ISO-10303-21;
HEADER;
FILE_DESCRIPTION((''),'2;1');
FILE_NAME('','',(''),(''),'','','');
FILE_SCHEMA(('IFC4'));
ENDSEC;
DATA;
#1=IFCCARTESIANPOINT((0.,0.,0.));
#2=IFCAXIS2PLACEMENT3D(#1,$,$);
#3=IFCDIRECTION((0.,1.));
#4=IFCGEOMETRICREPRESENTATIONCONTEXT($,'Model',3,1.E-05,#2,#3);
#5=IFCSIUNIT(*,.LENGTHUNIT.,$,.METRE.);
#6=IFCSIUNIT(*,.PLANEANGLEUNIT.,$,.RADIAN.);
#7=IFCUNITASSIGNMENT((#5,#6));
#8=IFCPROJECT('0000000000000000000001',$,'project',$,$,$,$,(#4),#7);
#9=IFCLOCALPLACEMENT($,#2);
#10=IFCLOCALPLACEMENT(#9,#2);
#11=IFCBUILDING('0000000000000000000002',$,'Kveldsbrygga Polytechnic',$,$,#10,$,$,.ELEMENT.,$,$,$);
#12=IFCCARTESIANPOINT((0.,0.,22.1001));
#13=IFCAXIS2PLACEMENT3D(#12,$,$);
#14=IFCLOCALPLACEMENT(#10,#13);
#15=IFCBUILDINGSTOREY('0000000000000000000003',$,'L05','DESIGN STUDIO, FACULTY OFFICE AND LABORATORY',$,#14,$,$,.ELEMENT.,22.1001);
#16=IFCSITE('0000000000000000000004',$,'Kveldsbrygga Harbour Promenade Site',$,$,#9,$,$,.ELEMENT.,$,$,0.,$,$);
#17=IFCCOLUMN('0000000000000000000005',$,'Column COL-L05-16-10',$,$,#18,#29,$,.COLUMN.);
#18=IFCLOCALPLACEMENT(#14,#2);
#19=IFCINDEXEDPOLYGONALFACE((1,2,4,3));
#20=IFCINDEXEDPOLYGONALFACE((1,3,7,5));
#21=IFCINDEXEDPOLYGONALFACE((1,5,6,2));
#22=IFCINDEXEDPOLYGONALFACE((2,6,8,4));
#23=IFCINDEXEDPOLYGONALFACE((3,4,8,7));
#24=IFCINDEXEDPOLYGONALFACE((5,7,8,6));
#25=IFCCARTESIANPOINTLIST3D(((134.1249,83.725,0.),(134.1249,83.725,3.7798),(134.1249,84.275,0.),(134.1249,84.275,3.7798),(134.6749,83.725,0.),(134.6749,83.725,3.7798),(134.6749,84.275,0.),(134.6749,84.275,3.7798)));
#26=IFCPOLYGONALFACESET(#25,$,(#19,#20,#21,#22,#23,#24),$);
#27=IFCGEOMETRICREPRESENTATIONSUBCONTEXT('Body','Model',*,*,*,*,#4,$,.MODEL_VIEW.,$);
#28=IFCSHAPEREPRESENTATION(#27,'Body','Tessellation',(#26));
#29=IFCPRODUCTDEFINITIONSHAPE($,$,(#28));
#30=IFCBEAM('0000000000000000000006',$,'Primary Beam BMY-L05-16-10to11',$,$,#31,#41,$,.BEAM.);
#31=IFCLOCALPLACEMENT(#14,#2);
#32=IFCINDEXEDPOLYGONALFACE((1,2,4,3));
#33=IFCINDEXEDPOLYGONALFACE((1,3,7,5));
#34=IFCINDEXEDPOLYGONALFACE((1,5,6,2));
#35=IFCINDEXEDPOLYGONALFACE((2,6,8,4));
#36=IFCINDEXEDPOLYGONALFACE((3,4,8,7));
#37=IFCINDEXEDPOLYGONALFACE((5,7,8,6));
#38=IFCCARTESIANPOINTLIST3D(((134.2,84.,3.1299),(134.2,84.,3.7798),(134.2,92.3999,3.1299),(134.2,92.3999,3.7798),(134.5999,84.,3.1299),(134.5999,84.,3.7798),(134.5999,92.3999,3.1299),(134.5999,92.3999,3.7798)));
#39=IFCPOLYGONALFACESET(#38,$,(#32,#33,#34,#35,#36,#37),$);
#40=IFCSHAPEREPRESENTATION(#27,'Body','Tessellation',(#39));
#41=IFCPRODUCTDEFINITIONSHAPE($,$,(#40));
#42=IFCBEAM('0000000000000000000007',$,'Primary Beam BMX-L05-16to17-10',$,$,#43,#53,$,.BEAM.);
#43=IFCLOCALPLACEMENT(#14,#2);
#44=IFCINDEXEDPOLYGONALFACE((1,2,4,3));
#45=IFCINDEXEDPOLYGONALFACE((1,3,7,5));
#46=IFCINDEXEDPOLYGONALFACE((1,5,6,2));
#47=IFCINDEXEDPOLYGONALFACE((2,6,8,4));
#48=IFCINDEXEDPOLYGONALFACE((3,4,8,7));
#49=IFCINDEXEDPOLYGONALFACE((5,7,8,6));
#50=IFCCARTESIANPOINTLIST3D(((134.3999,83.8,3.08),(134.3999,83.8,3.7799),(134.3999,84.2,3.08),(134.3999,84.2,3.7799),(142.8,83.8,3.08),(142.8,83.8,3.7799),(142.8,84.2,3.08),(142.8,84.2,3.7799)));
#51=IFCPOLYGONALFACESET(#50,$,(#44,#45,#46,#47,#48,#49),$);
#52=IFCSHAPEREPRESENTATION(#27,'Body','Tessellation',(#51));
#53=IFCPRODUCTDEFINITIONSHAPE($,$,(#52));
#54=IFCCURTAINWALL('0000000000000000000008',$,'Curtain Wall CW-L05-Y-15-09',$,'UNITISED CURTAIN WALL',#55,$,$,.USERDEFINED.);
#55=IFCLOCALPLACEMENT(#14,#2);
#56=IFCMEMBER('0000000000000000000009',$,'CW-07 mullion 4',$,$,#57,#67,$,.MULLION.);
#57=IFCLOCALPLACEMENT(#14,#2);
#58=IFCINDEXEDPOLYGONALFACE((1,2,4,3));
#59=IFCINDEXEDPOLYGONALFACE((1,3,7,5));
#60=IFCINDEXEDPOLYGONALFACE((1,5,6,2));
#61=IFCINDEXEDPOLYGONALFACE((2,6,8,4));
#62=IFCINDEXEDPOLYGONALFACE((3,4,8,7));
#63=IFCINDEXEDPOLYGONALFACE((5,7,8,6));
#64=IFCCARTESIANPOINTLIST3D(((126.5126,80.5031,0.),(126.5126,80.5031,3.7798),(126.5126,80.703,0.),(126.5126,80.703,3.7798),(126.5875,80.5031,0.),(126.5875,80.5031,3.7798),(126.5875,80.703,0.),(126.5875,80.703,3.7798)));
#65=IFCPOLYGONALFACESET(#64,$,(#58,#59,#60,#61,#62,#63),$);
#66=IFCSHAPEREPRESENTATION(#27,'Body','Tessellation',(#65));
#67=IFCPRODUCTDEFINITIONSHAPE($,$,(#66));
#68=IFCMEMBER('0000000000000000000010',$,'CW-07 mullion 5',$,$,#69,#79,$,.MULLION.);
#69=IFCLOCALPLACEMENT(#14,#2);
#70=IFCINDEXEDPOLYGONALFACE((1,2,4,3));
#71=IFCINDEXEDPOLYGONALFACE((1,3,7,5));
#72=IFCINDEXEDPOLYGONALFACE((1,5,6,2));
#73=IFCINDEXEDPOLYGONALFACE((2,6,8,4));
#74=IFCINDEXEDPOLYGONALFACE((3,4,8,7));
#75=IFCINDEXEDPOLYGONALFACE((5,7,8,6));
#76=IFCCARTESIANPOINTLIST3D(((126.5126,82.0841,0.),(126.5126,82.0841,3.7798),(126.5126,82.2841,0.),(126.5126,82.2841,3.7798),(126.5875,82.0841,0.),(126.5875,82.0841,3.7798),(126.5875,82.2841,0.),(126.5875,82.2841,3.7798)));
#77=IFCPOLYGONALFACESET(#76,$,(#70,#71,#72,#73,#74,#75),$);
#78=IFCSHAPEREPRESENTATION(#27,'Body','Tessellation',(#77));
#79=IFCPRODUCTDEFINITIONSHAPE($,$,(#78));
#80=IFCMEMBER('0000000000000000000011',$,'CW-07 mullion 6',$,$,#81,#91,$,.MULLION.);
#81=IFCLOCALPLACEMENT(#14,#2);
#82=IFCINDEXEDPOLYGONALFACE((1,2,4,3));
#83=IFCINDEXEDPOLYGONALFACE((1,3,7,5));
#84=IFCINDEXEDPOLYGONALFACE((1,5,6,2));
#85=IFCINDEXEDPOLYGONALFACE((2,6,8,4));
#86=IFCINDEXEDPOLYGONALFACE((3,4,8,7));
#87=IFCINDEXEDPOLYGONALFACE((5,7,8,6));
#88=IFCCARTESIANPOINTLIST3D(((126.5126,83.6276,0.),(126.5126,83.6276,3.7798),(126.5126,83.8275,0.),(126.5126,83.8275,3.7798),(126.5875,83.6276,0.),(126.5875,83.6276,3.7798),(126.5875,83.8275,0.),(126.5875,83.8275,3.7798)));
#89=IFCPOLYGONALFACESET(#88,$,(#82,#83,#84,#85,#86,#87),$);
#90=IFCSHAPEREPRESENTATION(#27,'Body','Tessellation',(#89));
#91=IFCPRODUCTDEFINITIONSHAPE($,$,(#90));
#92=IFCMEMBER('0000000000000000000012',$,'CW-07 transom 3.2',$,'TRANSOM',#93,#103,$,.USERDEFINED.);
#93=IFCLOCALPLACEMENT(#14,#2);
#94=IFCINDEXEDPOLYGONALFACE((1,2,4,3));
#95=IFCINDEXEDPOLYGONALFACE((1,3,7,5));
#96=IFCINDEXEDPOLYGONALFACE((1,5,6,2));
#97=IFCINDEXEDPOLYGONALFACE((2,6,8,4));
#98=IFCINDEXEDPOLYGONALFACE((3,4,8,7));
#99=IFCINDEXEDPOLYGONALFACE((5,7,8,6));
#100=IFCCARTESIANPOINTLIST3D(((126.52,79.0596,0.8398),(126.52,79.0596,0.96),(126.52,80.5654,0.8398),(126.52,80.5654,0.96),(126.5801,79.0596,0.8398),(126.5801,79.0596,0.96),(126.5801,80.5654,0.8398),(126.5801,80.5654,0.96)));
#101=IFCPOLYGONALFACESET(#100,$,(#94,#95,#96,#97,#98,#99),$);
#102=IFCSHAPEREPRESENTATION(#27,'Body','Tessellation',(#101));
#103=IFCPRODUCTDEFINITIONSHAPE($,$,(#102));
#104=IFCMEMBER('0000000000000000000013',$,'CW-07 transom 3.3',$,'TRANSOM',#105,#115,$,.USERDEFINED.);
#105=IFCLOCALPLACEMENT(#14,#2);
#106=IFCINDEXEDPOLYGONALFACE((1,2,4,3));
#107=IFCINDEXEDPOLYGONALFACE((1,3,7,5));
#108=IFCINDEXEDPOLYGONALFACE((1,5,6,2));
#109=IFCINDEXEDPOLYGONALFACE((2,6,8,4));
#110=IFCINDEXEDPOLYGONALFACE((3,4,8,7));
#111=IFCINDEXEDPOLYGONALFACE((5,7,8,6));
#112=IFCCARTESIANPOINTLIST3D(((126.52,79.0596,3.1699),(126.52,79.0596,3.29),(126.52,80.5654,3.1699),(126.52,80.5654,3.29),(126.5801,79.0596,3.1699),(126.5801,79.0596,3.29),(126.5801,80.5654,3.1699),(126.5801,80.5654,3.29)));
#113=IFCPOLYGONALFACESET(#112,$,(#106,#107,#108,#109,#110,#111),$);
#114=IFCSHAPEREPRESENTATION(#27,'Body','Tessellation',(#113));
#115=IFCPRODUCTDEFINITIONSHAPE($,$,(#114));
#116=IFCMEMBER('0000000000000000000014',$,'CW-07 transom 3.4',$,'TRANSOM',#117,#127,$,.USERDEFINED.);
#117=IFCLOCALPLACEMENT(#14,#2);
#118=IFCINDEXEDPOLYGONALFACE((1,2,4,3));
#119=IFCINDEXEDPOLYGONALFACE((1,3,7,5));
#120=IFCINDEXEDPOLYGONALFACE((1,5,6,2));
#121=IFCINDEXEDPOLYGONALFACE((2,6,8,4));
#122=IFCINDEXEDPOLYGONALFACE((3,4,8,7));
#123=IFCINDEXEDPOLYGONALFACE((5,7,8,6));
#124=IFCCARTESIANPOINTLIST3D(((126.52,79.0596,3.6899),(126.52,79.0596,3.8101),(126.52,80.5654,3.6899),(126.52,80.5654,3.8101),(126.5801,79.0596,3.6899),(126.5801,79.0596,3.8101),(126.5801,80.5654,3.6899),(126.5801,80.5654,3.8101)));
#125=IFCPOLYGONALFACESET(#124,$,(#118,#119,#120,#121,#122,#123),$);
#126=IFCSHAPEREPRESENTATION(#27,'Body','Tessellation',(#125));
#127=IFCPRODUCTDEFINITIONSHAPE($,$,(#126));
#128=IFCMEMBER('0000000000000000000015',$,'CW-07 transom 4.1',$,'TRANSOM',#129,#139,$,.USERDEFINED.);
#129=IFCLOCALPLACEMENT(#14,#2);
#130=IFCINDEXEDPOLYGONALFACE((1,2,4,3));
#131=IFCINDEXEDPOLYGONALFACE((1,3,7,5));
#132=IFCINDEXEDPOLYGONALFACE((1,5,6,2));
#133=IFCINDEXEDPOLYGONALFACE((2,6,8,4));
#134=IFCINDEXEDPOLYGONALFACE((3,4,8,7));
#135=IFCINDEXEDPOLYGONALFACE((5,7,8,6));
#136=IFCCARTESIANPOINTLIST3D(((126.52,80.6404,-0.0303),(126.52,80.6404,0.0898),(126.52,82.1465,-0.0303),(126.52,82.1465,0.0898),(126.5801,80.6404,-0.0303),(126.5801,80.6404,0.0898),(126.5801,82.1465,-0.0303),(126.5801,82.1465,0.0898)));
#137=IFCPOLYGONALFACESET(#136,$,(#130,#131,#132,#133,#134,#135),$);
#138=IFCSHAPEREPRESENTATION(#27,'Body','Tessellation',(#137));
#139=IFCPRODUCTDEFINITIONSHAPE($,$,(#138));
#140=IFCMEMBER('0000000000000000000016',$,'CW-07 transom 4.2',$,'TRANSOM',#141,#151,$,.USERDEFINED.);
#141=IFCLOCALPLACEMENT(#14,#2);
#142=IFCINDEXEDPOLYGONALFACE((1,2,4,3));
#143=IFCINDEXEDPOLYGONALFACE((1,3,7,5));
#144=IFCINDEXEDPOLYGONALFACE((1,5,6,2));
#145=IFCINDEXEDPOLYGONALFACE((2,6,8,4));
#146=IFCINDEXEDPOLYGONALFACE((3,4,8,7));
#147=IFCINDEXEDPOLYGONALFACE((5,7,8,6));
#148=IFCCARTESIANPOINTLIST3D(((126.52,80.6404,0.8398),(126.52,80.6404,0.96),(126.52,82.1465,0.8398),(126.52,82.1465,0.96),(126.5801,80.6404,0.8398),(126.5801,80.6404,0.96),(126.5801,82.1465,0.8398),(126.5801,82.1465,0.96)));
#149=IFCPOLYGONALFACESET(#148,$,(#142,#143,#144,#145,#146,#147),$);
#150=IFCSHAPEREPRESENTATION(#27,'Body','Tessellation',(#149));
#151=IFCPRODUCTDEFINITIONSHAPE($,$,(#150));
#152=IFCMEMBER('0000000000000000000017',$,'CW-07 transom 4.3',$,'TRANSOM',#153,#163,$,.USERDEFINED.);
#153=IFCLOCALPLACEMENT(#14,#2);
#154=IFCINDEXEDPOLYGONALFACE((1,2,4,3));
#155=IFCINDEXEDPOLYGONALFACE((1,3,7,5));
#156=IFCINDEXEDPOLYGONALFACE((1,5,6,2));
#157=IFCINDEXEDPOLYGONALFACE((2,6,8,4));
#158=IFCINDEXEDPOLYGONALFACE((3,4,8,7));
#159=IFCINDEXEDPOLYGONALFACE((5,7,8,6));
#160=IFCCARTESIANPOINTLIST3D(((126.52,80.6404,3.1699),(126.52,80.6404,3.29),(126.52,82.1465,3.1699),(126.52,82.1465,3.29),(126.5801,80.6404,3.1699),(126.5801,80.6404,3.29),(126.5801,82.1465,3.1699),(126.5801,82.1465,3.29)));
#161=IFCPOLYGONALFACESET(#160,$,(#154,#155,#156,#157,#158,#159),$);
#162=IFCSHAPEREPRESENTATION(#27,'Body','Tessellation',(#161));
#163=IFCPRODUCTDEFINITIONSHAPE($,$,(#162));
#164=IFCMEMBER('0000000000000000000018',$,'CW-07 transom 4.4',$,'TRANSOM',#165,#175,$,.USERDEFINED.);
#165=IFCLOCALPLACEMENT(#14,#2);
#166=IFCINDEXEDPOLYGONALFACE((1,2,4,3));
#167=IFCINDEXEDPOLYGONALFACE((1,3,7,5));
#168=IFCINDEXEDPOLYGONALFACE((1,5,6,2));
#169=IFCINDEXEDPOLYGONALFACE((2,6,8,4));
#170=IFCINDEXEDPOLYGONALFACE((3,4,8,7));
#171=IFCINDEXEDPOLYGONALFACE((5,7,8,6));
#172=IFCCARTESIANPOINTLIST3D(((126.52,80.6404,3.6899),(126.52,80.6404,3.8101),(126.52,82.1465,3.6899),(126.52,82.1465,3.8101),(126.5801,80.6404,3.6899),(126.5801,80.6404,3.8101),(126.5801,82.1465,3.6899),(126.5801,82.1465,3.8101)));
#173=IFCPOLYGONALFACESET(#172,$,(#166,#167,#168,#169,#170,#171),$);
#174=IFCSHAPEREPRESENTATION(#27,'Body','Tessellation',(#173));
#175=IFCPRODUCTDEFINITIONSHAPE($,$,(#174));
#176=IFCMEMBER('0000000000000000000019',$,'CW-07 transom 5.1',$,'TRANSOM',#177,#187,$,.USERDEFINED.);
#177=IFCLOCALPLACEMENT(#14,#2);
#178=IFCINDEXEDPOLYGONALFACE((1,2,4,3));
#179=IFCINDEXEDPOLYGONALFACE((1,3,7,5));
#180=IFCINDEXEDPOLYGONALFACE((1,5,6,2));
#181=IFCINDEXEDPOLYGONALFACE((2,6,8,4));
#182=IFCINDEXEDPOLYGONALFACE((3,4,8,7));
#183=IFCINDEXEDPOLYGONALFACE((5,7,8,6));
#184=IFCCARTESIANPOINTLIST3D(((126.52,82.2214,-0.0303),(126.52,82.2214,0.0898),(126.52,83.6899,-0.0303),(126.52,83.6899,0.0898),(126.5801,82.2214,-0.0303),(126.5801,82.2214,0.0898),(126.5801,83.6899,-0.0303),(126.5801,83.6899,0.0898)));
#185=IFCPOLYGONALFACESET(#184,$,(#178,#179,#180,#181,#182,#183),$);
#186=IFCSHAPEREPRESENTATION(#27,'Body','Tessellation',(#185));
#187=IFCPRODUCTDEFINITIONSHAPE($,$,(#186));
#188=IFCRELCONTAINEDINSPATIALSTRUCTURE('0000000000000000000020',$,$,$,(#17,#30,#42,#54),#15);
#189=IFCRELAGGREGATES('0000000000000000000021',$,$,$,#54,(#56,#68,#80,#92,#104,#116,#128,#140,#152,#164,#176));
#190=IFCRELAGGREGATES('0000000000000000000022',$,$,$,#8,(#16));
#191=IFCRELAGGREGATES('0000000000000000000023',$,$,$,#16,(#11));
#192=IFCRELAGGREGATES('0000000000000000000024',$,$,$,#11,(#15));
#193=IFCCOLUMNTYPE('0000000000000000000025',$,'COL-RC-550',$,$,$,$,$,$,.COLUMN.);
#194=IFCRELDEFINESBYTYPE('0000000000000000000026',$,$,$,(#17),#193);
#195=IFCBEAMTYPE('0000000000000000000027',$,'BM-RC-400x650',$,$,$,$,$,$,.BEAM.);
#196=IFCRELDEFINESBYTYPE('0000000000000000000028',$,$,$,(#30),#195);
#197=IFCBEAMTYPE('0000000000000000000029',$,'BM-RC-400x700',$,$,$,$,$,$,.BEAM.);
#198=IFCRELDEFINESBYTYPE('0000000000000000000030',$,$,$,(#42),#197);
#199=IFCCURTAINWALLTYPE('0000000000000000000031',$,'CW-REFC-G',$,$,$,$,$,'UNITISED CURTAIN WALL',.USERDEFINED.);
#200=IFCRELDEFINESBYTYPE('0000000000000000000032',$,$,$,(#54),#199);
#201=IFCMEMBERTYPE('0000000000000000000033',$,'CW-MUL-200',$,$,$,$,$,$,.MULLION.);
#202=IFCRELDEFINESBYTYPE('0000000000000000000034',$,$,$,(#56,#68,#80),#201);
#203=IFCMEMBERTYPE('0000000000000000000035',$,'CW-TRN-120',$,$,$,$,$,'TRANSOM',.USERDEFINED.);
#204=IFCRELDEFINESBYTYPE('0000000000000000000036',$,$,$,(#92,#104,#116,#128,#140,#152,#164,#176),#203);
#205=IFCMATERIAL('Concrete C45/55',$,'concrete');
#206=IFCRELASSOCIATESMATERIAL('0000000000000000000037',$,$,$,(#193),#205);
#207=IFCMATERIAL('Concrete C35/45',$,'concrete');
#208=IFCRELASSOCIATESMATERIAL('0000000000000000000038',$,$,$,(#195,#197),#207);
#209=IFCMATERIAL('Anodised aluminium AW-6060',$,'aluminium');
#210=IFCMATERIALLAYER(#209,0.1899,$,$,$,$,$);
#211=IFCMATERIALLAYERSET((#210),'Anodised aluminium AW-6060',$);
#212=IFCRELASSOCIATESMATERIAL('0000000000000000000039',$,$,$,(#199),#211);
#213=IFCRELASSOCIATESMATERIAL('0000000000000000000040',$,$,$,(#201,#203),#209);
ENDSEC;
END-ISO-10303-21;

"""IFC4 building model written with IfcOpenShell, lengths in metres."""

from ifc_helpers import new_model, si_unit, direction, frame, origin, origin_2d, place, context, subcontext, project, spatial, rectangle, extrude, material, layer, layer_set, material_profile, profile_set, type_object, element, aggregate, save


model = new_model("IFC4")

# Units and contexts
model_context = context("Model", 3, precision=1e-05, world=origin(), true_north=direction((0.0, 1.0)))
body_context = subcontext(model_context, "Body", "Model", "MODEL_VIEW")
ifc_project = project(units=[si_unit("LENGTHUNIT", "METRE"), si_unit("PLANEANGLEUNIT", "RADIAN")], contexts=[model_context])

# Site, building, storey
site_placement = place(None, origin())
site = spatial("IfcSite", under=ifc_project, at=site_placement, Name="Kveldsbrygga Harbour Promenade Site", CompositionType="ELEMENT", RefElevation=0.0)
building_placement = place(site_placement, origin())
building = spatial("IfcBuilding", under=site, at=building_placement, Name="Kveldsbrygga Polytechnic", CompositionType="ELEMENT")
storey_placement = place(building_placement, frame((0.0, 0.0, 22.1001)))
storey = spatial("IfcBuildingStorey", under=building, at=storey_placement, Name="L05", Description="DESIGN STUDIO, FACULTY OFFICE AND LABORATORY", CompositionType="ELEMENT", Elevation=22.1001)

# Column
ifc_material_1 = material(Name="Concrete C45/55", Category="concrete")
ifc_material_profile_1 = material_profile(ifc_material_1, rectangle(XDim=0.55, YDim=0.55, at=origin_2d()), Name="RC 550x550")
ifc_profile_set_1 = profile_set([ifc_material_profile_1], Name="Concrete C45/55")
column_type = type_object("IfcColumnType", Name="COL-RC-550", PredefinedType="COLUMN", material=ifc_profile_set_1)
column_placement = place(storey_placement, frame((134.3999, 84.0, 0.0), z_axis=(0.0, 0.0, 1.0), x_axis=(1.0, 0.0, 0.0)))
element("IfcColumn", 1, at=column_placement, inside=storey, type_object=column_type, Name="Column COL-L05-16-10", PredefinedType="COLUMN", context=body_context, shape_type="SweptSolid", body=[
    extrude(rectangle(XDim=0.55, YDim=0.55, at=origin_2d()), origin(), (0.0, 0.0, 1.0), 3.7798),
])

# Beams
ifc_material_2 = material(Name="Concrete C35/45", Category="concrete")
ifc_material_profile_2 = material_profile(ifc_material_2, rectangle(XDim=0.3999, YDim=0.6499, at=origin_2d()), Name="RC 400x650")
ifc_profile_set_2 = profile_set([ifc_material_profile_2], Name="Concrete C35/45")
beam_type_1 = type_object("IfcBeamType", Name="BM-RC-400x650", PredefinedType="BEAM", material=ifc_profile_set_2)
beam_1_placement = place(storey_placement, frame((134.3999, 84.0, 3.4548), z_axis=(0.0, 1.0, 0.0), x_axis=(-1.0, 0.0, 0.0)))
element("IfcBeam", 2, at=beam_1_placement, inside=storey, type_object=beam_type_1, Name="Primary Beam BMY-L05-16-10to11", PredefinedType="BEAM", context=body_context, shape_type="SweptSolid", body=[
    extrude(rectangle(XDim=0.3999, YDim=0.6499, at=origin_2d()), origin(), (0.0, 0.0, 1.0), 8.3999),
])
ifc_material_profile_3 = material_profile(ifc_material_2, rectangle(XDim=0.3999, YDim=0.7, at=origin_2d()), Name="RC 400x700")
ifc_profile_set_3 = profile_set([ifc_material_profile_3], Name="Concrete C35/45")
beam_type_2 = type_object("IfcBeamType", Name="BM-RC-400x700", PredefinedType="BEAM", material=ifc_profile_set_3)
beam_2_placement = place(storey_placement, frame((134.3999, 84.0, 3.4299), z_axis=(1.0, 0.0, 0.0), x_axis=(0.0, 1.0, 0.0)))
element("IfcBeam", 3, at=beam_2_placement, inside=storey, type_object=beam_type_2, Name="Primary Beam BMX-L05-16to17-10", PredefinedType="BEAM", context=body_context, shape_type="SweptSolid", body=[
    extrude(rectangle(XDim=0.3999, YDim=0.7, at=origin_2d()), origin(), (0.0, 0.0, 1.0), 8.4001),
])

# Curtain wall, members
ifc_material_3 = material(Name="Anodised aluminium AW-6060", Category="aluminium")
ifc_layer_1 = layer(ifc_material_3, 0.1899)
ifc_layer_set_1 = layer_set([ifc_layer_1], Name="Anodised aluminium AW-6060")
curtain_wall_type = type_object("IfcCurtainWallType", Name="CW-REFC-G", ElementType="UNITISED CURTAIN WALL", PredefinedType="USERDEFINED", material=ifc_layer_set_1)
curtain_wall_placement = place(storey_placement, origin())
curtain_wall = element("IfcCurtainWall", 4, at=curtain_wall_placement, inside=storey, type_object=curtain_wall_type, Name="Curtain Wall CW-L05-Y-15-09", ObjectType="UNITISED CURTAIN WALL", PredefinedType="USERDEFINED")
ifc_material_profile_4 = material_profile(ifc_material_3, rectangle(XDim=0.075, YDim=0.2, at=origin_2d()), Name="ALU 75x200")
ifc_profile_set_4 = profile_set([ifc_material_profile_4], Name="Anodised aluminium AW-6060")
member_type_1 = type_object("IfcMemberType", Name="CW-MUL-200", PredefinedType="MULLION", material=ifc_profile_set_4)
member_1_placement = place(storey_placement, frame((126.55, 80.603, 0.0), z_axis=(0.0, 0.0, 1.0), x_axis=(-1.0, 0.0, 0.0)))
member_1 = element("IfcMember", 5, at=member_1_placement, type_object=member_type_1, Name="CW-07 mullion 4", PredefinedType="MULLION", context=body_context, shape_type="SweptSolid", body=[
    extrude(rectangle(XDim=0.075, YDim=0.2, at=origin_2d()), origin(), (0.0, 0.0, 1.0), 3.7798),
])
member_2_placement = place(storey_placement, frame((126.55, 82.1841, 0.0), z_axis=(0.0, 0.0, 1.0), x_axis=(-1.0, 0.0, 0.0)))
member_2 = element("IfcMember", 6, at=member_2_placement, type_object=member_type_1, Name="CW-07 mullion 5", PredefinedType="MULLION", context=body_context, shape_type="SweptSolid", body=[
    extrude(rectangle(XDim=0.075, YDim=0.2, at=origin_2d()), origin(), (0.0, 0.0, 1.0), 3.7798),
])
member_3_placement = place(storey_placement, frame((126.55, 83.7275, 0.0), z_axis=(0.0, 0.0, 1.0), x_axis=(-1.0, 0.0, 0.0)))
member_3 = element("IfcMember", 7, at=member_3_placement, type_object=member_type_1, Name="CW-07 mullion 6", PredefinedType="MULLION", context=body_context, shape_type="SweptSolid", body=[
    extrude(rectangle(XDim=0.075, YDim=0.2, at=origin_2d()), origin(), (0.0, 0.0, 1.0), 3.7798),
])
ifc_material_profile_5 = material_profile(ifc_material_3, rectangle(XDim=0.0601, YDim=0.1201, at=origin_2d()), Name="ALU 60x120")
ifc_profile_set_5 = profile_set([ifc_material_profile_5], Name="Anodised aluminium AW-6060")
member_type_2 = type_object("IfcMemberType", Name="CW-TRN-120", ElementType="TRANSOM", PredefinedType="USERDEFINED", material=ifc_profile_set_5)
member_4_placement = place(storey_placement, frame((126.55, 79.0596, 0.8999), z_axis=(0.0, 1.0, 0.0), x_axis=(-1.0, 0.0, 0.0)))
member_4 = element("IfcMember", 8, at=member_4_placement, type_object=member_type_2, Name="CW-07 transom 3.2", ObjectType="TRANSOM", PredefinedType="USERDEFINED", context=body_context, shape_type="SweptSolid", body=[
    extrude(rectangle(XDim=0.0601, YDim=0.1201, at=origin_2d()), origin(), (0.0, 0.0, 1.0), 1.5059),
])
member_5_placement = place(storey_placement, frame((126.55, 79.0596, 3.23), z_axis=(0.0, 1.0, 0.0), x_axis=(-1.0, 0.0, 0.0)))
member_5 = element("IfcMember", 9, at=member_5_placement, type_object=member_type_2, Name="CW-07 transom 3.3", ObjectType="TRANSOM", PredefinedType="USERDEFINED", context=body_context, shape_type="SweptSolid", body=[
    extrude(rectangle(XDim=0.0601, YDim=0.1201, at=origin_2d()), origin(), (0.0, 0.0, 1.0), 1.5059),
])
member_6_placement = place(storey_placement, frame((126.55, 79.0596, 3.75), z_axis=(0.0, 1.0, 0.0), x_axis=(-1.0, 0.0, 0.0)))
member_6 = element("IfcMember", 10, at=member_6_placement, type_object=member_type_2, Name="CW-07 transom 3.4", ObjectType="TRANSOM", PredefinedType="USERDEFINED", context=body_context, shape_type="SweptSolid", body=[
    extrude(rectangle(XDim=0.0601, YDim=0.1201, at=origin_2d()), origin(), (0.0, 0.0, 1.0), 1.5059),
])
member_7_placement = place(storey_placement, frame((126.55, 80.6404, 0.0298), z_axis=(0.0, 1.0, 0.0), x_axis=(-1.0, 0.0, 0.0)))
member_7 = element("IfcMember", 11, at=member_7_placement, type_object=member_type_2, Name="CW-07 transom 4.1", ObjectType="TRANSOM", PredefinedType="USERDEFINED", context=body_context, shape_type="SweptSolid", body=[
    extrude(rectangle(XDim=0.0601, YDim=0.1201, at=origin_2d()), origin(), (0.0, 0.0, 1.0), 1.5061),
])
member_8_placement = place(storey_placement, frame((126.55, 80.6404, 0.8999), z_axis=(0.0, 1.0, 0.0), x_axis=(-1.0, 0.0, 0.0)))
member_8 = element("IfcMember", 12, at=member_8_placement, type_object=member_type_2, Name="CW-07 transom 4.2", ObjectType="TRANSOM", PredefinedType="USERDEFINED", context=body_context, shape_type="SweptSolid", body=[
    extrude(rectangle(XDim=0.0601, YDim=0.1201, at=origin_2d()), origin(), (0.0, 0.0, 1.0), 1.5061),
])
member_9_placement = place(storey_placement, frame((126.55, 80.6404, 3.23), z_axis=(0.0, 1.0, 0.0), x_axis=(-1.0, 0.0, 0.0)))
member_9 = element("IfcMember", 13, at=member_9_placement, type_object=member_type_2, Name="CW-07 transom 4.3", ObjectType="TRANSOM", PredefinedType="USERDEFINED", context=body_context, shape_type="SweptSolid", body=[
    extrude(rectangle(XDim=0.0601, YDim=0.1201, at=origin_2d()), origin(), (0.0, 0.0, 1.0), 1.5061),
])
member_10_placement = place(storey_placement, frame((126.55, 80.6404, 3.75), z_axis=(0.0, 1.0, 0.0), x_axis=(-1.0, 0.0, 0.0)))
member_10 = element("IfcMember", 14, at=member_10_placement, type_object=member_type_2, Name="CW-07 transom 4.4", ObjectType="TRANSOM", PredefinedType="USERDEFINED", context=body_context, shape_type="SweptSolid", body=[
    extrude(rectangle(XDim=0.0601, YDim=0.1201, at=origin_2d()), origin(), (0.0, 0.0, 1.0), 1.5061),
])
member_11_placement = place(storey_placement, frame((126.55, 82.2214, 0.0298), z_axis=(0.0, 1.0, 0.0), x_axis=(-1.0, 0.0, 0.0)))
member_11 = element("IfcMember", 15, at=member_11_placement, type_object=member_type_2, Name="CW-07 transom 5.1", ObjectType="TRANSOM", PredefinedType="USERDEFINED", context=body_context, shape_type="SweptSolid", body=[
    extrude(rectangle(XDim=0.0601, YDim=0.1201, at=origin_2d()), origin(), (0.0, 0.0, 1.0), 1.4685),
])

aggregate(curtain_wall, [member_1, member_2, member_3, member_4, member_5, member_6, member_7, member_8, member_9, member_10, member_11])

save(model, "model.ifc")
